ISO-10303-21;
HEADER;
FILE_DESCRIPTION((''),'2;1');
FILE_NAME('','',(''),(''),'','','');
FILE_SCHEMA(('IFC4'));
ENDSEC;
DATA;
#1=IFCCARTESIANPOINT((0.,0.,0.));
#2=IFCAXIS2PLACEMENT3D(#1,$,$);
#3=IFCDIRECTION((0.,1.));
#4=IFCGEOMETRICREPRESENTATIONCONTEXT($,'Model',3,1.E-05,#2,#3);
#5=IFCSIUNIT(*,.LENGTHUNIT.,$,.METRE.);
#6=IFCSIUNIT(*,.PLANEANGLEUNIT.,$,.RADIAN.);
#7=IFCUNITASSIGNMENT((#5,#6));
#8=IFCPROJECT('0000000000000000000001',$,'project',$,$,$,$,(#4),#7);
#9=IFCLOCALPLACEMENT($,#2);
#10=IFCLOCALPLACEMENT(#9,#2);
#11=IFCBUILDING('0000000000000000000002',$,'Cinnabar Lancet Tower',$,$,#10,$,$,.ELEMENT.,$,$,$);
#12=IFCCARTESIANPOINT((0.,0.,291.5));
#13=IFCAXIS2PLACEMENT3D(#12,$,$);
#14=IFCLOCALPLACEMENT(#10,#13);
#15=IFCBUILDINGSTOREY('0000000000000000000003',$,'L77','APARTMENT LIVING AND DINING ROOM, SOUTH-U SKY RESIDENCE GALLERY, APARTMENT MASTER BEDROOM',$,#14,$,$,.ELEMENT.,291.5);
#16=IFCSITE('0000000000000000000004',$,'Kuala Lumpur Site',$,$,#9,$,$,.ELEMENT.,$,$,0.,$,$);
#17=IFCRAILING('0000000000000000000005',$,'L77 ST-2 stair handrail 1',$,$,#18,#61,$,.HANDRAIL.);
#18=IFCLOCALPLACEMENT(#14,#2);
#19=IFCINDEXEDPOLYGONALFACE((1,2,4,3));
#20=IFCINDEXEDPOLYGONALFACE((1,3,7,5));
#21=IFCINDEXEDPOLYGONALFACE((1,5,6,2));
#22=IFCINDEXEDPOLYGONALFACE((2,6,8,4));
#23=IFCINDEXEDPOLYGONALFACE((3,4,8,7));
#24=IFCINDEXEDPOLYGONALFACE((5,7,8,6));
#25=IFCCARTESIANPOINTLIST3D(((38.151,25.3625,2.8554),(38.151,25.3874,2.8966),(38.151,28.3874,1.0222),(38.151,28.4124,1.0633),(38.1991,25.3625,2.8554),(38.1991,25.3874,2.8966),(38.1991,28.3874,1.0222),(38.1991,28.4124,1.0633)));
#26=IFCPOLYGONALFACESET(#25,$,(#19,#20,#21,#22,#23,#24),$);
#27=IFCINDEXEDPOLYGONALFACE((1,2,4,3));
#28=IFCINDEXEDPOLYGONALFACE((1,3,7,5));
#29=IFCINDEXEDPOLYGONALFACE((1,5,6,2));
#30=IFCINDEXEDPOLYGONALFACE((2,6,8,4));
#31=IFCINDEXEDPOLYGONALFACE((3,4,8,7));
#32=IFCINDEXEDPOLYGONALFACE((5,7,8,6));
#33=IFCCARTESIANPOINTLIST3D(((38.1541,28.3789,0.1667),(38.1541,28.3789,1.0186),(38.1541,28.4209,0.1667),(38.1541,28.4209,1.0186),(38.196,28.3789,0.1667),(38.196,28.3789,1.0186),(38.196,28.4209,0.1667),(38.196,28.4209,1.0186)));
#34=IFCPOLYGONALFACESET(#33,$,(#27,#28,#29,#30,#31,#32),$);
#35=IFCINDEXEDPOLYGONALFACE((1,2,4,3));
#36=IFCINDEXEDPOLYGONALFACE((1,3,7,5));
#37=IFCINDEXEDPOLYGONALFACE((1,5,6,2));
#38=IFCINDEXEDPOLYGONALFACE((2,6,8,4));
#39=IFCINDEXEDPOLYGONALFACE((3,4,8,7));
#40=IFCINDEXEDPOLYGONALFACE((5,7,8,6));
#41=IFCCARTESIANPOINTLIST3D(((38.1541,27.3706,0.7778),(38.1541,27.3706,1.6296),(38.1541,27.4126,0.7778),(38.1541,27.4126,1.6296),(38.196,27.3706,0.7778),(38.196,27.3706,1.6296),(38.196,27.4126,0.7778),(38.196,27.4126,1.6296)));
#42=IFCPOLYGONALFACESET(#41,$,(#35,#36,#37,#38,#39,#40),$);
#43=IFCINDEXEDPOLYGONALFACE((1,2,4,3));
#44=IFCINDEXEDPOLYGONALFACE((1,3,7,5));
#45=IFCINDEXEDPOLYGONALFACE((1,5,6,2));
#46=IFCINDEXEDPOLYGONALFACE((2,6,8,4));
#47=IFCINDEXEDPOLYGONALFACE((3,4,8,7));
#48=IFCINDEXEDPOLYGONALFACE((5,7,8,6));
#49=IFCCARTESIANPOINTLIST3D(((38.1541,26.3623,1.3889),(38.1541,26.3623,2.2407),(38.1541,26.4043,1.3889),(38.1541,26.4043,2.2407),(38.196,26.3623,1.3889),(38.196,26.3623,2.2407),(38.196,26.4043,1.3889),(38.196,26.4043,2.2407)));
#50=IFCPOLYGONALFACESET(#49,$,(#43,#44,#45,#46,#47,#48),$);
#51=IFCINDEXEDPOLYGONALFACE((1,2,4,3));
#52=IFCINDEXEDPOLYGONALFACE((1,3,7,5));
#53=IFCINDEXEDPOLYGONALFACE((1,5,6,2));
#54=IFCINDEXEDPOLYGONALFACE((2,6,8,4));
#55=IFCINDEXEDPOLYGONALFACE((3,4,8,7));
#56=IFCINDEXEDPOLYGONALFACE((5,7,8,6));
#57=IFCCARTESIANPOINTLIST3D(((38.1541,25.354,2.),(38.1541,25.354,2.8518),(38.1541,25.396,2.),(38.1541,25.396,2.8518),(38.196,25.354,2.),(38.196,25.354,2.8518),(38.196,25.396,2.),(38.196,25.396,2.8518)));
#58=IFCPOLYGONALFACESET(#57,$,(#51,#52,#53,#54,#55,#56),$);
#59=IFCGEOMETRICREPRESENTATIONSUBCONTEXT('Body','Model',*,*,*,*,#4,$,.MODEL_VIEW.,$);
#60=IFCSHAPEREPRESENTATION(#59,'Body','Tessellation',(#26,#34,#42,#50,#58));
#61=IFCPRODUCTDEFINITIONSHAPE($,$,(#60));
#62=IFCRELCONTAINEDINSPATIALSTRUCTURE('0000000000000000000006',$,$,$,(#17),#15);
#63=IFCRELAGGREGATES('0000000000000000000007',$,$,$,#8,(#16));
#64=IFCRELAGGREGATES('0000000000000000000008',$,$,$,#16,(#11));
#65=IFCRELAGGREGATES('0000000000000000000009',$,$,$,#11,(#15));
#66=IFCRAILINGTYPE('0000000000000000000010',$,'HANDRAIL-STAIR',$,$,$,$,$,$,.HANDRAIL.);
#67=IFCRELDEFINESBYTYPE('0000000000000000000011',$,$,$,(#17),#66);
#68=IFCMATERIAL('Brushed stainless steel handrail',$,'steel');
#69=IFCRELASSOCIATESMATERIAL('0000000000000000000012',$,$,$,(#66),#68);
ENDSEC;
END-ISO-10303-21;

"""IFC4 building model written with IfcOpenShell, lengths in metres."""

from ifc_helpers import new_model, si_unit, direction, frame, origin, origin_2d, place, context, subcontext, project, spatial, rectangle, extrude, material, type_object, element, save


model = new_model("IFC4")

# Units and contexts
model_context = context("Model", 3, precision=1e-05, world=origin(), true_north=direction((0.0, 1.0)))
body_context = subcontext(model_context, "Body", "Model", "MODEL_VIEW")
ifc_project = project(units=[si_unit("LENGTHUNIT", "METRE"), si_unit("PLANEANGLEUNIT", "RADIAN")], contexts=[model_context])

# Site, building, storey
site_placement = place(None, origin())
site = spatial("IfcSite", under=ifc_project, at=site_placement, Name="Kuala Lumpur Site", CompositionType="ELEMENT", RefElevation=0.0)
building_placement = place(site_placement, origin())
building = spatial("IfcBuilding", under=site, at=building_placement, Name="Cinnabar Lancet Tower", CompositionType="ELEMENT")
storey_placement = place(building_placement, frame((0.0, 0.0, 291.5)))
storey = spatial("IfcBuildingStorey", under=building, at=storey_placement, Name="L77", Description="APARTMENT LIVING AND DINING ROOM, SOUTH-U SKY RESIDENCE GALLERY, APARTMENT MASTER BEDROOM", CompositionType="ELEMENT", Elevation=291.5)

# Railing
ifc_material_1 = material(Name="Brushed stainless steel handrail", Category="steel")
railing_type_1 = type_object("IfcRailingType", Name="HANDRAIL-STAIR", PredefinedType="HANDRAIL", material=ifc_material_1)
railing_1_placement = place(storey_placement, frame((38.175, 28.3999, 0.1667)))
element("IfcRailing", 1, at=railing_1_placement, inside=storey, type_object=railing_type_1, Name="L77 ST-2 stair handrail 1", PredefinedType="HANDRAIL", context=body_context, shape_type="SweptSolid", body=[
    extrude(rectangle(XDim=0.0481, YDim=0.0481, at=origin_2d()), frame((0.0, 0.0, 0.876), z_axis=(0.0, -0.855201, 0.518297), x_axis=(1.0, 0.0, 0.0)), (0.0, 0.0, 1.0), 3.5371),
    extrude(rectangle(XDim=0.042, YDim=0.042, at=origin_2d()), origin(), (0.0, 0.0, 1.0), 0.8518),
    extrude(rectangle(XDim=0.042, YDim=0.042, at=origin_2d()), frame((0.0, -1.0083, 0.6111)), (0.0, 0.0, 1.0), 0.8518),
    extrude(rectangle(XDim=0.042, YDim=0.042, at=origin_2d()), frame((0.0, -2.0166, 1.2222)), (0.0, 0.0, 1.0), 0.8518),
    extrude(rectangle(XDim=0.042, YDim=0.042, at=origin_2d()), frame((0.0, -3.0249, 1.8333)), (0.0, 0.0, 1.0), 0.8518),
])

save(model, "model.ifc")
